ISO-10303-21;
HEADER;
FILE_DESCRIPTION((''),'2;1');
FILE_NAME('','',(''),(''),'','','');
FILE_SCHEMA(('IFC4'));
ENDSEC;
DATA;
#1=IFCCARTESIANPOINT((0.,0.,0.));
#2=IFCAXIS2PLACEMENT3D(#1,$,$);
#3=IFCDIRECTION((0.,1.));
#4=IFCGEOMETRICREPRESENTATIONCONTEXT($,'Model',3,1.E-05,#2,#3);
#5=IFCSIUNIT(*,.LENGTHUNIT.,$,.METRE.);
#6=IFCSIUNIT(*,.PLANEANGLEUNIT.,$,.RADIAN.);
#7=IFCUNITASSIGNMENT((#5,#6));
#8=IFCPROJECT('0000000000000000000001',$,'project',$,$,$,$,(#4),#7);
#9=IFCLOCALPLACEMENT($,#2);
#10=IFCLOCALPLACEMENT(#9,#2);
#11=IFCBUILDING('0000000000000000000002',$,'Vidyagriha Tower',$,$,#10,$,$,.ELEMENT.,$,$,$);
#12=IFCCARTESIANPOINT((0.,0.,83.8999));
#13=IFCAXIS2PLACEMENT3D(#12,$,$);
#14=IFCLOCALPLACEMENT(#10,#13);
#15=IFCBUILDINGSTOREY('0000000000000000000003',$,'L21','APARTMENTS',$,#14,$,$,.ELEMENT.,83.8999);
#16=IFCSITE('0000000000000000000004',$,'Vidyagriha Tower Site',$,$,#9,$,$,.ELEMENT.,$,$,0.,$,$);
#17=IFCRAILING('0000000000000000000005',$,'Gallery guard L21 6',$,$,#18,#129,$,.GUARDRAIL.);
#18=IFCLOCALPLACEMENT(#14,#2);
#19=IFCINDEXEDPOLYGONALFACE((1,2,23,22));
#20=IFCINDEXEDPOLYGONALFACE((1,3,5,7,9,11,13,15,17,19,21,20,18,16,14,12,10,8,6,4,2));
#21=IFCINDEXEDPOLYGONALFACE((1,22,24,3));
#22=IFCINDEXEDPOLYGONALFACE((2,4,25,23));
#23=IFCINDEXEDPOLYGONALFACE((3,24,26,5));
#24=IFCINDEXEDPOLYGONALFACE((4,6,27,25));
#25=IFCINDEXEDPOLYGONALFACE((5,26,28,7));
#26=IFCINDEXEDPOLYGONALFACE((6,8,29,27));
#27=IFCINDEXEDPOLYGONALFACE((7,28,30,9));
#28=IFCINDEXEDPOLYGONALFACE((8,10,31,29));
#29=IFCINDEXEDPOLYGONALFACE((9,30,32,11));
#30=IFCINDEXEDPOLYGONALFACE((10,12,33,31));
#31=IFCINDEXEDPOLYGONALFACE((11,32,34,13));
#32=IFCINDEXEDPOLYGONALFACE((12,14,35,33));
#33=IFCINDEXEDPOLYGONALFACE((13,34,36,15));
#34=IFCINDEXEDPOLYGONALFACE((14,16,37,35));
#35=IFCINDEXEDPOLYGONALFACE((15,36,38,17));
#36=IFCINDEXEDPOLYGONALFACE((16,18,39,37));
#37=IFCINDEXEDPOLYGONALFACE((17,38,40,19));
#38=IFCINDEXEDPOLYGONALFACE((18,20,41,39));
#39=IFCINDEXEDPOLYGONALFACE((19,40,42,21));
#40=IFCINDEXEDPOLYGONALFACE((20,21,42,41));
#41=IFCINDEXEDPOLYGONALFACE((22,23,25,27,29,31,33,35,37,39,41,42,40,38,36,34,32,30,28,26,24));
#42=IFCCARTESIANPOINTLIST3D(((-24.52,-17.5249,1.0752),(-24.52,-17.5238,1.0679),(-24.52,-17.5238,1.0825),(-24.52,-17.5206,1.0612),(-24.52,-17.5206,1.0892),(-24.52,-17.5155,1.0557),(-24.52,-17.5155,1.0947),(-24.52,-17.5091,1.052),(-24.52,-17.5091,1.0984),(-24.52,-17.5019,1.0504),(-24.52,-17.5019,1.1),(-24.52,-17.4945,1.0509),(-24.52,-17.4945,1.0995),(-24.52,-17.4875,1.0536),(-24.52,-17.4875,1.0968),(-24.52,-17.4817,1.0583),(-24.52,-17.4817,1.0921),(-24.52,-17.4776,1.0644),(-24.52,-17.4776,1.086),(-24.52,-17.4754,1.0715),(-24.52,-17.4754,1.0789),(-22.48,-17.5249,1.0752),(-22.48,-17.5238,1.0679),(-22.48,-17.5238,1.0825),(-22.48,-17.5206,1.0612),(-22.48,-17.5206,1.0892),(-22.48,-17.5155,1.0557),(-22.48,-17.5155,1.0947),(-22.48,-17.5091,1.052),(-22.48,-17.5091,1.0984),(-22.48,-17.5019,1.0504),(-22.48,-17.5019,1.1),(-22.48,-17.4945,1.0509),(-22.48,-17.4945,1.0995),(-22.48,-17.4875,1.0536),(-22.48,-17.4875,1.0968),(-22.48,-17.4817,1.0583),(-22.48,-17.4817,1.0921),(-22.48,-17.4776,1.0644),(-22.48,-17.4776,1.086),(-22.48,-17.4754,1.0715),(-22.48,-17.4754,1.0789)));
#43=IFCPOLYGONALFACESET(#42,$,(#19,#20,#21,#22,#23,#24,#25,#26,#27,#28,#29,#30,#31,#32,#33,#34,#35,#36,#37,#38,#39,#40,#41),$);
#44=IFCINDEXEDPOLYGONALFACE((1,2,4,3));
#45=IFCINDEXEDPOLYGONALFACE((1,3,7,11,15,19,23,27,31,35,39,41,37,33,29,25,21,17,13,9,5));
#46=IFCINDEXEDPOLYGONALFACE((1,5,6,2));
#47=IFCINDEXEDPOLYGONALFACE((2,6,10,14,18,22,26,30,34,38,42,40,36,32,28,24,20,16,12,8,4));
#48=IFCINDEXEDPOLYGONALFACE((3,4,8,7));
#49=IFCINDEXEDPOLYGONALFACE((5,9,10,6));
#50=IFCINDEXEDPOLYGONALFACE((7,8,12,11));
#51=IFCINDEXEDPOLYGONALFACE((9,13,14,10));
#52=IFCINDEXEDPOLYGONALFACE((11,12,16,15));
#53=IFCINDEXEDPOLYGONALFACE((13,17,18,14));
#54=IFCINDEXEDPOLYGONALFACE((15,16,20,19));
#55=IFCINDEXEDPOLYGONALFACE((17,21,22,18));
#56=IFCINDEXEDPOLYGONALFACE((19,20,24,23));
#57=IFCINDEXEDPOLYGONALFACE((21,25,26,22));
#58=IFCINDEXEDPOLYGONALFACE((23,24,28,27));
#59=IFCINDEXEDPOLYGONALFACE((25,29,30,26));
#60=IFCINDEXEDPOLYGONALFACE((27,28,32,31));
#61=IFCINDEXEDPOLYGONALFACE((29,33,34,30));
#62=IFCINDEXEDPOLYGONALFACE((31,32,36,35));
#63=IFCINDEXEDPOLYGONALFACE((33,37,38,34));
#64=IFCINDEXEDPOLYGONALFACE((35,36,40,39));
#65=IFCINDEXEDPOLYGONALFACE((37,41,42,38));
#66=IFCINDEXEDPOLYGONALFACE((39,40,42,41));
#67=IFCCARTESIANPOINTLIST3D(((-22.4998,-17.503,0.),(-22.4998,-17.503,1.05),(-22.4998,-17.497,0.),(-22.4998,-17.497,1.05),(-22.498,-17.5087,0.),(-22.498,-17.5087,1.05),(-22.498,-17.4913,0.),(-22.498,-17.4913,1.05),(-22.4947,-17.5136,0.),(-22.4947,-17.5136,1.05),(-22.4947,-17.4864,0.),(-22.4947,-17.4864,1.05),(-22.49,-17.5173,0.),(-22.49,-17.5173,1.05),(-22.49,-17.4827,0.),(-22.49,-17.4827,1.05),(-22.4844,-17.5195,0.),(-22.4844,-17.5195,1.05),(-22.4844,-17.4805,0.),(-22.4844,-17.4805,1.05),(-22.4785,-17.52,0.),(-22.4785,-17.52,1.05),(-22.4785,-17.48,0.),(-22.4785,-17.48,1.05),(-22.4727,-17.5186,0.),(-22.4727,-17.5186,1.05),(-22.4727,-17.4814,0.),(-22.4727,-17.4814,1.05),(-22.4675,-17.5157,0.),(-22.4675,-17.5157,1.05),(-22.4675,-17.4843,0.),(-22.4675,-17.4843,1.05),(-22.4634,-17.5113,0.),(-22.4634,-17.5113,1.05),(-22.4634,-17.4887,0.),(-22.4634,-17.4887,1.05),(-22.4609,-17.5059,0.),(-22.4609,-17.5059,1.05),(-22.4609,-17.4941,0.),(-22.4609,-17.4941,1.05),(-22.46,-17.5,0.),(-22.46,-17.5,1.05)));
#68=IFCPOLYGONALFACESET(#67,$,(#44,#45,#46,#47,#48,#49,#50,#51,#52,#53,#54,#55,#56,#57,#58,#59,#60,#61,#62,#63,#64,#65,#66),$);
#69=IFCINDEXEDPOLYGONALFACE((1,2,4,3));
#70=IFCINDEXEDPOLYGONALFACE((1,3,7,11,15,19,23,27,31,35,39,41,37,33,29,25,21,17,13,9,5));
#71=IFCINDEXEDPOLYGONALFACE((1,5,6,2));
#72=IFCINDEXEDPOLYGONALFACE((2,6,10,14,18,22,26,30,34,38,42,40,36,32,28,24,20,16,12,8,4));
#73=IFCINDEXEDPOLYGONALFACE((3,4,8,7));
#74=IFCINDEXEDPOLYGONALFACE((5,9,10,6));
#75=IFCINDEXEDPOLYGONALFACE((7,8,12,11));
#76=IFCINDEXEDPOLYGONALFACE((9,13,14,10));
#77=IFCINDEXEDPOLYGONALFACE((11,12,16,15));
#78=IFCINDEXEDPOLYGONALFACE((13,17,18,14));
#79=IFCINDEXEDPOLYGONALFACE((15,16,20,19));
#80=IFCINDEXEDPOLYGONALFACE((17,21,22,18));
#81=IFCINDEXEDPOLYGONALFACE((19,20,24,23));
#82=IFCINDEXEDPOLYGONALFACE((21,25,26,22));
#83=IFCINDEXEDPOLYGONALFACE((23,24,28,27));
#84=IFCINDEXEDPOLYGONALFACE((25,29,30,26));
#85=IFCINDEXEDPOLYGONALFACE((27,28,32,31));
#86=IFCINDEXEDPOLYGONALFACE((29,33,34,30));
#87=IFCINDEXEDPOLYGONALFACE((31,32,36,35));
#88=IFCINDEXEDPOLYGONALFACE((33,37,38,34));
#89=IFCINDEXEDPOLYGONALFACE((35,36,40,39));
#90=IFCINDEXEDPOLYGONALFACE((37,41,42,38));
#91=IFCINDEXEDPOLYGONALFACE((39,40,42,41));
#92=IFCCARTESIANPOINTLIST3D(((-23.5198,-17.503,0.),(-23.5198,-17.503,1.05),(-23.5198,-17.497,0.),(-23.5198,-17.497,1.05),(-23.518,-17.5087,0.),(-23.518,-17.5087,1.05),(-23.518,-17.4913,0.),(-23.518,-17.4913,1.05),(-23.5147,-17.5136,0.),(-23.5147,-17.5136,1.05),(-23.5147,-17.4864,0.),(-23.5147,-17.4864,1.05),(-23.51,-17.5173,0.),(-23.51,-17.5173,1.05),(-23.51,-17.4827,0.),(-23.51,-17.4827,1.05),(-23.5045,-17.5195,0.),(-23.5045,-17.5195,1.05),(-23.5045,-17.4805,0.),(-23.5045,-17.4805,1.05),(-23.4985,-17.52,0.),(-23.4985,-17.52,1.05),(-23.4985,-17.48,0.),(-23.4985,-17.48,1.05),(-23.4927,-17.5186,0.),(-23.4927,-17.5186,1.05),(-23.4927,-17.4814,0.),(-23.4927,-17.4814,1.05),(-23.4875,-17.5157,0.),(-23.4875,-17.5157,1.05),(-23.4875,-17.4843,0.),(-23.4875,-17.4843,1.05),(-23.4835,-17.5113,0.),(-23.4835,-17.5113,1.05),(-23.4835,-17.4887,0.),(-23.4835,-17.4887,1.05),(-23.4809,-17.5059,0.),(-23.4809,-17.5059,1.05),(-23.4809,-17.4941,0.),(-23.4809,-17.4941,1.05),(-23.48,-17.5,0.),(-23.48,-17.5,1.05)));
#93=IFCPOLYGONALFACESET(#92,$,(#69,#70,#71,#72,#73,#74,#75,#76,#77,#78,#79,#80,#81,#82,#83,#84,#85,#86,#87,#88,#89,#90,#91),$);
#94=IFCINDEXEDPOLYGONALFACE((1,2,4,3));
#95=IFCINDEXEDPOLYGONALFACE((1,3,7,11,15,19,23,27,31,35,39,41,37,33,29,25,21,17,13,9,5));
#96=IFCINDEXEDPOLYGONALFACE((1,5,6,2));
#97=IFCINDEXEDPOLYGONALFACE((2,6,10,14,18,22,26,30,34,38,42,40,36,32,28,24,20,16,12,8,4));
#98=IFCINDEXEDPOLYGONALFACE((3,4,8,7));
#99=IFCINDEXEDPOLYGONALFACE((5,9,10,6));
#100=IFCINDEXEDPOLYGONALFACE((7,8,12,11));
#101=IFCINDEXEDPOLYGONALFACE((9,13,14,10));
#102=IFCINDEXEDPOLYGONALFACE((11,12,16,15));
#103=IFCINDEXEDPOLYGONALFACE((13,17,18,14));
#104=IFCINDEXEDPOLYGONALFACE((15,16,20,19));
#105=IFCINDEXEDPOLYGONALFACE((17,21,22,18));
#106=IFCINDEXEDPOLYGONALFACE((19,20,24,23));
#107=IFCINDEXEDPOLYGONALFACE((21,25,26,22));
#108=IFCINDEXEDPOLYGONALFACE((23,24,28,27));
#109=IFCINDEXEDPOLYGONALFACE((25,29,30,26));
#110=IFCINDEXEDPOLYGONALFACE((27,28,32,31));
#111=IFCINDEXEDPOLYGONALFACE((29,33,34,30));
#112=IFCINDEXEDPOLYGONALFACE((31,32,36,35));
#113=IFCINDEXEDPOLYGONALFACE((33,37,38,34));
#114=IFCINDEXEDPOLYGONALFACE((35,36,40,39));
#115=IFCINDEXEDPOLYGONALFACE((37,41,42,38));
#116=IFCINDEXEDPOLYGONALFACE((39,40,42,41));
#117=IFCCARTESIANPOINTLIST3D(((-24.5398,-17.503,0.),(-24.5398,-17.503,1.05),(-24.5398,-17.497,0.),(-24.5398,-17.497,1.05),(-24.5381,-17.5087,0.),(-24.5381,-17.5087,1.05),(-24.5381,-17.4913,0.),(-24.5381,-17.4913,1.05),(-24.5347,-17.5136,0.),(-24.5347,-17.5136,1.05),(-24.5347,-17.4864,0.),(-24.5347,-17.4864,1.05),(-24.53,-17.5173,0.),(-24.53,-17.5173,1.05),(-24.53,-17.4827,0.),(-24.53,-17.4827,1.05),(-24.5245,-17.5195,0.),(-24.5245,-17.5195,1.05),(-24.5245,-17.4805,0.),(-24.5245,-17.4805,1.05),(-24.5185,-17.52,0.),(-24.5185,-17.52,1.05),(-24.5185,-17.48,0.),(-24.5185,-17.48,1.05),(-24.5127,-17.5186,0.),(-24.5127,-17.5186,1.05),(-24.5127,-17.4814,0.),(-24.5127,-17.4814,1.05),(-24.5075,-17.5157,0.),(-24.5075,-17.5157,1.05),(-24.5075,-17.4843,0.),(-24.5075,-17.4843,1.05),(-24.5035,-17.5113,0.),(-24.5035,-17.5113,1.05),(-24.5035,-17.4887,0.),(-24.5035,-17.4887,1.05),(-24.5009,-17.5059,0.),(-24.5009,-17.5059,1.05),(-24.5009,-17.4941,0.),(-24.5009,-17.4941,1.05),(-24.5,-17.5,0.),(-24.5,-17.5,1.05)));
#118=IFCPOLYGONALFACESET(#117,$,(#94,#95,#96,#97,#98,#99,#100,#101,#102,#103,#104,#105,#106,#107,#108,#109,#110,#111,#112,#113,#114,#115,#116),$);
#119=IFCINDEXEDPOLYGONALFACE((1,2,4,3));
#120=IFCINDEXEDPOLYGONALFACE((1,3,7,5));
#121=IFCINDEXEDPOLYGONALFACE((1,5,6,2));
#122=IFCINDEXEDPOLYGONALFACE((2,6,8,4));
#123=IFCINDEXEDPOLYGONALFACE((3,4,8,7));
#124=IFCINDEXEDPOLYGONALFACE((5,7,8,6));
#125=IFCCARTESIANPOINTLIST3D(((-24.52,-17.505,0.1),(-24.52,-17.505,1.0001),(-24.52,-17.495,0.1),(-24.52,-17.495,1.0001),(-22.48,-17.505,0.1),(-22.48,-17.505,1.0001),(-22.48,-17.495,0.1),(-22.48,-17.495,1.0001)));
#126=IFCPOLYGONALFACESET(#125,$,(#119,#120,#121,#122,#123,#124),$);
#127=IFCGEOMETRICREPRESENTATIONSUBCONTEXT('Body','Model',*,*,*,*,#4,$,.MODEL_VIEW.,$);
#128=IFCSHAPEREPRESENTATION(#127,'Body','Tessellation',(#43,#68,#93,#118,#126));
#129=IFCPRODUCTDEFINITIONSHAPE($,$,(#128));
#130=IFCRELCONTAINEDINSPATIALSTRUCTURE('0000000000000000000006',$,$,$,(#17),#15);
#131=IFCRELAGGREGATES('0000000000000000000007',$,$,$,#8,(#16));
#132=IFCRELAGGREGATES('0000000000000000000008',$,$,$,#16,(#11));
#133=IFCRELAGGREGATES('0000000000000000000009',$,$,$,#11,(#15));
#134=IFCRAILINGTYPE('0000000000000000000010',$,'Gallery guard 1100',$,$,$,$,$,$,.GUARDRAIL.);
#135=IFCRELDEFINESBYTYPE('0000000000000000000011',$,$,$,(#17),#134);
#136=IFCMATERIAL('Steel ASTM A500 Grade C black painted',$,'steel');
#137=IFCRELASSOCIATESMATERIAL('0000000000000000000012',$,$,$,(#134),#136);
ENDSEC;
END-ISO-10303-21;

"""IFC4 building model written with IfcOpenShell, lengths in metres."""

from ifc_helpers import new_model, si_unit, direction, frame, origin, origin_2d, place, context, subcontext, project, spatial, rectangle, circle, extrude, material, type_object, element, save


model = new_model("IFC4")

# Units and contexts
model_context = context("Model", 3, precision=1e-05, world=origin(), true_north=direction((0.0, 1.0)))
body_context = subcontext(model_context, "Body", "Model", "MODEL_VIEW")
ifc_project = project(units=[si_unit("LENGTHUNIT", "METRE"), si_unit("PLANEANGLEUNIT", "RADIAN")], contexts=[model_context])

# Site, building, storey
site_placement = place(None, origin())
site = spatial("IfcSite", under=ifc_project, at=site_placement, Name="Vidyagriha Tower Site", CompositionType="ELEMENT", RefElevation=0.0)
building_placement = place(site_placement, origin())
building = spatial("IfcBuilding", under=site, at=building_placement, Name="Vidyagriha Tower", CompositionType="ELEMENT")
storey_placement = place(building_placement, frame((0.0, 0.0, 83.8999)))
storey = spatial("IfcBuildingStorey", under=building, at=storey_placement, Name="L21", Description="APARTMENTS", CompositionType="ELEMENT", Elevation=83.8999)

# Railing
ifc_material_1 = material(Name="Steel ASTM A500 Grade C black painted", Category="steel")
railing_type_1 = type_object("IfcRailingType", Name="Gallery guard 1100", PredefinedType="GUARDRAIL", material=ifc_material_1)
railing_1_placement = place(storey_placement, frame((-22.48, -17.5, 0.0)))
element("IfcRailing", 1, at=railing_1_placement, inside=storey, type_object=railing_type_1, Name="Gallery guard L21 6", PredefinedType="GUARDRAIL", context=body_context, shape_type="SweptSolid", body=[
    extrude(circle(Radius=0.0249, at=origin_2d()), frame((0.0, 0.0, 1.0752), z_axis=(-1.0, 0.0, 0.0), x_axis=(0.0, -1.0, 0.0)), (0.0, 0.0, 1.0), 2.04),
    extrude(circle(Radius=0.02, at=origin_2d()), origin(), (0.0, 0.0, 1.0), 1.05),
    extrude(circle(Radius=0.02, at=origin_2d()), frame((-1.02, 0.0, 0.0)), (0.0, 0.0, 1.0), 1.05),
    extrude(circle(Radius=0.02, at=origin_2d()), frame((-2.04, 0.0, 0.0)), (0.0, 0.0, 1.0), 1.05),
    extrude(rectangle(XDim=0.01, YDim=0.9001, at=origin_2d()), frame((0.0, 0.0, 0.55), z_axis=(-1.0, 0.0, 0.0), x_axis=(0.0, -1.0, 0.0)), (0.0, 0.0, 1.0), 2.04),
])

save(model, "model.ifc")
